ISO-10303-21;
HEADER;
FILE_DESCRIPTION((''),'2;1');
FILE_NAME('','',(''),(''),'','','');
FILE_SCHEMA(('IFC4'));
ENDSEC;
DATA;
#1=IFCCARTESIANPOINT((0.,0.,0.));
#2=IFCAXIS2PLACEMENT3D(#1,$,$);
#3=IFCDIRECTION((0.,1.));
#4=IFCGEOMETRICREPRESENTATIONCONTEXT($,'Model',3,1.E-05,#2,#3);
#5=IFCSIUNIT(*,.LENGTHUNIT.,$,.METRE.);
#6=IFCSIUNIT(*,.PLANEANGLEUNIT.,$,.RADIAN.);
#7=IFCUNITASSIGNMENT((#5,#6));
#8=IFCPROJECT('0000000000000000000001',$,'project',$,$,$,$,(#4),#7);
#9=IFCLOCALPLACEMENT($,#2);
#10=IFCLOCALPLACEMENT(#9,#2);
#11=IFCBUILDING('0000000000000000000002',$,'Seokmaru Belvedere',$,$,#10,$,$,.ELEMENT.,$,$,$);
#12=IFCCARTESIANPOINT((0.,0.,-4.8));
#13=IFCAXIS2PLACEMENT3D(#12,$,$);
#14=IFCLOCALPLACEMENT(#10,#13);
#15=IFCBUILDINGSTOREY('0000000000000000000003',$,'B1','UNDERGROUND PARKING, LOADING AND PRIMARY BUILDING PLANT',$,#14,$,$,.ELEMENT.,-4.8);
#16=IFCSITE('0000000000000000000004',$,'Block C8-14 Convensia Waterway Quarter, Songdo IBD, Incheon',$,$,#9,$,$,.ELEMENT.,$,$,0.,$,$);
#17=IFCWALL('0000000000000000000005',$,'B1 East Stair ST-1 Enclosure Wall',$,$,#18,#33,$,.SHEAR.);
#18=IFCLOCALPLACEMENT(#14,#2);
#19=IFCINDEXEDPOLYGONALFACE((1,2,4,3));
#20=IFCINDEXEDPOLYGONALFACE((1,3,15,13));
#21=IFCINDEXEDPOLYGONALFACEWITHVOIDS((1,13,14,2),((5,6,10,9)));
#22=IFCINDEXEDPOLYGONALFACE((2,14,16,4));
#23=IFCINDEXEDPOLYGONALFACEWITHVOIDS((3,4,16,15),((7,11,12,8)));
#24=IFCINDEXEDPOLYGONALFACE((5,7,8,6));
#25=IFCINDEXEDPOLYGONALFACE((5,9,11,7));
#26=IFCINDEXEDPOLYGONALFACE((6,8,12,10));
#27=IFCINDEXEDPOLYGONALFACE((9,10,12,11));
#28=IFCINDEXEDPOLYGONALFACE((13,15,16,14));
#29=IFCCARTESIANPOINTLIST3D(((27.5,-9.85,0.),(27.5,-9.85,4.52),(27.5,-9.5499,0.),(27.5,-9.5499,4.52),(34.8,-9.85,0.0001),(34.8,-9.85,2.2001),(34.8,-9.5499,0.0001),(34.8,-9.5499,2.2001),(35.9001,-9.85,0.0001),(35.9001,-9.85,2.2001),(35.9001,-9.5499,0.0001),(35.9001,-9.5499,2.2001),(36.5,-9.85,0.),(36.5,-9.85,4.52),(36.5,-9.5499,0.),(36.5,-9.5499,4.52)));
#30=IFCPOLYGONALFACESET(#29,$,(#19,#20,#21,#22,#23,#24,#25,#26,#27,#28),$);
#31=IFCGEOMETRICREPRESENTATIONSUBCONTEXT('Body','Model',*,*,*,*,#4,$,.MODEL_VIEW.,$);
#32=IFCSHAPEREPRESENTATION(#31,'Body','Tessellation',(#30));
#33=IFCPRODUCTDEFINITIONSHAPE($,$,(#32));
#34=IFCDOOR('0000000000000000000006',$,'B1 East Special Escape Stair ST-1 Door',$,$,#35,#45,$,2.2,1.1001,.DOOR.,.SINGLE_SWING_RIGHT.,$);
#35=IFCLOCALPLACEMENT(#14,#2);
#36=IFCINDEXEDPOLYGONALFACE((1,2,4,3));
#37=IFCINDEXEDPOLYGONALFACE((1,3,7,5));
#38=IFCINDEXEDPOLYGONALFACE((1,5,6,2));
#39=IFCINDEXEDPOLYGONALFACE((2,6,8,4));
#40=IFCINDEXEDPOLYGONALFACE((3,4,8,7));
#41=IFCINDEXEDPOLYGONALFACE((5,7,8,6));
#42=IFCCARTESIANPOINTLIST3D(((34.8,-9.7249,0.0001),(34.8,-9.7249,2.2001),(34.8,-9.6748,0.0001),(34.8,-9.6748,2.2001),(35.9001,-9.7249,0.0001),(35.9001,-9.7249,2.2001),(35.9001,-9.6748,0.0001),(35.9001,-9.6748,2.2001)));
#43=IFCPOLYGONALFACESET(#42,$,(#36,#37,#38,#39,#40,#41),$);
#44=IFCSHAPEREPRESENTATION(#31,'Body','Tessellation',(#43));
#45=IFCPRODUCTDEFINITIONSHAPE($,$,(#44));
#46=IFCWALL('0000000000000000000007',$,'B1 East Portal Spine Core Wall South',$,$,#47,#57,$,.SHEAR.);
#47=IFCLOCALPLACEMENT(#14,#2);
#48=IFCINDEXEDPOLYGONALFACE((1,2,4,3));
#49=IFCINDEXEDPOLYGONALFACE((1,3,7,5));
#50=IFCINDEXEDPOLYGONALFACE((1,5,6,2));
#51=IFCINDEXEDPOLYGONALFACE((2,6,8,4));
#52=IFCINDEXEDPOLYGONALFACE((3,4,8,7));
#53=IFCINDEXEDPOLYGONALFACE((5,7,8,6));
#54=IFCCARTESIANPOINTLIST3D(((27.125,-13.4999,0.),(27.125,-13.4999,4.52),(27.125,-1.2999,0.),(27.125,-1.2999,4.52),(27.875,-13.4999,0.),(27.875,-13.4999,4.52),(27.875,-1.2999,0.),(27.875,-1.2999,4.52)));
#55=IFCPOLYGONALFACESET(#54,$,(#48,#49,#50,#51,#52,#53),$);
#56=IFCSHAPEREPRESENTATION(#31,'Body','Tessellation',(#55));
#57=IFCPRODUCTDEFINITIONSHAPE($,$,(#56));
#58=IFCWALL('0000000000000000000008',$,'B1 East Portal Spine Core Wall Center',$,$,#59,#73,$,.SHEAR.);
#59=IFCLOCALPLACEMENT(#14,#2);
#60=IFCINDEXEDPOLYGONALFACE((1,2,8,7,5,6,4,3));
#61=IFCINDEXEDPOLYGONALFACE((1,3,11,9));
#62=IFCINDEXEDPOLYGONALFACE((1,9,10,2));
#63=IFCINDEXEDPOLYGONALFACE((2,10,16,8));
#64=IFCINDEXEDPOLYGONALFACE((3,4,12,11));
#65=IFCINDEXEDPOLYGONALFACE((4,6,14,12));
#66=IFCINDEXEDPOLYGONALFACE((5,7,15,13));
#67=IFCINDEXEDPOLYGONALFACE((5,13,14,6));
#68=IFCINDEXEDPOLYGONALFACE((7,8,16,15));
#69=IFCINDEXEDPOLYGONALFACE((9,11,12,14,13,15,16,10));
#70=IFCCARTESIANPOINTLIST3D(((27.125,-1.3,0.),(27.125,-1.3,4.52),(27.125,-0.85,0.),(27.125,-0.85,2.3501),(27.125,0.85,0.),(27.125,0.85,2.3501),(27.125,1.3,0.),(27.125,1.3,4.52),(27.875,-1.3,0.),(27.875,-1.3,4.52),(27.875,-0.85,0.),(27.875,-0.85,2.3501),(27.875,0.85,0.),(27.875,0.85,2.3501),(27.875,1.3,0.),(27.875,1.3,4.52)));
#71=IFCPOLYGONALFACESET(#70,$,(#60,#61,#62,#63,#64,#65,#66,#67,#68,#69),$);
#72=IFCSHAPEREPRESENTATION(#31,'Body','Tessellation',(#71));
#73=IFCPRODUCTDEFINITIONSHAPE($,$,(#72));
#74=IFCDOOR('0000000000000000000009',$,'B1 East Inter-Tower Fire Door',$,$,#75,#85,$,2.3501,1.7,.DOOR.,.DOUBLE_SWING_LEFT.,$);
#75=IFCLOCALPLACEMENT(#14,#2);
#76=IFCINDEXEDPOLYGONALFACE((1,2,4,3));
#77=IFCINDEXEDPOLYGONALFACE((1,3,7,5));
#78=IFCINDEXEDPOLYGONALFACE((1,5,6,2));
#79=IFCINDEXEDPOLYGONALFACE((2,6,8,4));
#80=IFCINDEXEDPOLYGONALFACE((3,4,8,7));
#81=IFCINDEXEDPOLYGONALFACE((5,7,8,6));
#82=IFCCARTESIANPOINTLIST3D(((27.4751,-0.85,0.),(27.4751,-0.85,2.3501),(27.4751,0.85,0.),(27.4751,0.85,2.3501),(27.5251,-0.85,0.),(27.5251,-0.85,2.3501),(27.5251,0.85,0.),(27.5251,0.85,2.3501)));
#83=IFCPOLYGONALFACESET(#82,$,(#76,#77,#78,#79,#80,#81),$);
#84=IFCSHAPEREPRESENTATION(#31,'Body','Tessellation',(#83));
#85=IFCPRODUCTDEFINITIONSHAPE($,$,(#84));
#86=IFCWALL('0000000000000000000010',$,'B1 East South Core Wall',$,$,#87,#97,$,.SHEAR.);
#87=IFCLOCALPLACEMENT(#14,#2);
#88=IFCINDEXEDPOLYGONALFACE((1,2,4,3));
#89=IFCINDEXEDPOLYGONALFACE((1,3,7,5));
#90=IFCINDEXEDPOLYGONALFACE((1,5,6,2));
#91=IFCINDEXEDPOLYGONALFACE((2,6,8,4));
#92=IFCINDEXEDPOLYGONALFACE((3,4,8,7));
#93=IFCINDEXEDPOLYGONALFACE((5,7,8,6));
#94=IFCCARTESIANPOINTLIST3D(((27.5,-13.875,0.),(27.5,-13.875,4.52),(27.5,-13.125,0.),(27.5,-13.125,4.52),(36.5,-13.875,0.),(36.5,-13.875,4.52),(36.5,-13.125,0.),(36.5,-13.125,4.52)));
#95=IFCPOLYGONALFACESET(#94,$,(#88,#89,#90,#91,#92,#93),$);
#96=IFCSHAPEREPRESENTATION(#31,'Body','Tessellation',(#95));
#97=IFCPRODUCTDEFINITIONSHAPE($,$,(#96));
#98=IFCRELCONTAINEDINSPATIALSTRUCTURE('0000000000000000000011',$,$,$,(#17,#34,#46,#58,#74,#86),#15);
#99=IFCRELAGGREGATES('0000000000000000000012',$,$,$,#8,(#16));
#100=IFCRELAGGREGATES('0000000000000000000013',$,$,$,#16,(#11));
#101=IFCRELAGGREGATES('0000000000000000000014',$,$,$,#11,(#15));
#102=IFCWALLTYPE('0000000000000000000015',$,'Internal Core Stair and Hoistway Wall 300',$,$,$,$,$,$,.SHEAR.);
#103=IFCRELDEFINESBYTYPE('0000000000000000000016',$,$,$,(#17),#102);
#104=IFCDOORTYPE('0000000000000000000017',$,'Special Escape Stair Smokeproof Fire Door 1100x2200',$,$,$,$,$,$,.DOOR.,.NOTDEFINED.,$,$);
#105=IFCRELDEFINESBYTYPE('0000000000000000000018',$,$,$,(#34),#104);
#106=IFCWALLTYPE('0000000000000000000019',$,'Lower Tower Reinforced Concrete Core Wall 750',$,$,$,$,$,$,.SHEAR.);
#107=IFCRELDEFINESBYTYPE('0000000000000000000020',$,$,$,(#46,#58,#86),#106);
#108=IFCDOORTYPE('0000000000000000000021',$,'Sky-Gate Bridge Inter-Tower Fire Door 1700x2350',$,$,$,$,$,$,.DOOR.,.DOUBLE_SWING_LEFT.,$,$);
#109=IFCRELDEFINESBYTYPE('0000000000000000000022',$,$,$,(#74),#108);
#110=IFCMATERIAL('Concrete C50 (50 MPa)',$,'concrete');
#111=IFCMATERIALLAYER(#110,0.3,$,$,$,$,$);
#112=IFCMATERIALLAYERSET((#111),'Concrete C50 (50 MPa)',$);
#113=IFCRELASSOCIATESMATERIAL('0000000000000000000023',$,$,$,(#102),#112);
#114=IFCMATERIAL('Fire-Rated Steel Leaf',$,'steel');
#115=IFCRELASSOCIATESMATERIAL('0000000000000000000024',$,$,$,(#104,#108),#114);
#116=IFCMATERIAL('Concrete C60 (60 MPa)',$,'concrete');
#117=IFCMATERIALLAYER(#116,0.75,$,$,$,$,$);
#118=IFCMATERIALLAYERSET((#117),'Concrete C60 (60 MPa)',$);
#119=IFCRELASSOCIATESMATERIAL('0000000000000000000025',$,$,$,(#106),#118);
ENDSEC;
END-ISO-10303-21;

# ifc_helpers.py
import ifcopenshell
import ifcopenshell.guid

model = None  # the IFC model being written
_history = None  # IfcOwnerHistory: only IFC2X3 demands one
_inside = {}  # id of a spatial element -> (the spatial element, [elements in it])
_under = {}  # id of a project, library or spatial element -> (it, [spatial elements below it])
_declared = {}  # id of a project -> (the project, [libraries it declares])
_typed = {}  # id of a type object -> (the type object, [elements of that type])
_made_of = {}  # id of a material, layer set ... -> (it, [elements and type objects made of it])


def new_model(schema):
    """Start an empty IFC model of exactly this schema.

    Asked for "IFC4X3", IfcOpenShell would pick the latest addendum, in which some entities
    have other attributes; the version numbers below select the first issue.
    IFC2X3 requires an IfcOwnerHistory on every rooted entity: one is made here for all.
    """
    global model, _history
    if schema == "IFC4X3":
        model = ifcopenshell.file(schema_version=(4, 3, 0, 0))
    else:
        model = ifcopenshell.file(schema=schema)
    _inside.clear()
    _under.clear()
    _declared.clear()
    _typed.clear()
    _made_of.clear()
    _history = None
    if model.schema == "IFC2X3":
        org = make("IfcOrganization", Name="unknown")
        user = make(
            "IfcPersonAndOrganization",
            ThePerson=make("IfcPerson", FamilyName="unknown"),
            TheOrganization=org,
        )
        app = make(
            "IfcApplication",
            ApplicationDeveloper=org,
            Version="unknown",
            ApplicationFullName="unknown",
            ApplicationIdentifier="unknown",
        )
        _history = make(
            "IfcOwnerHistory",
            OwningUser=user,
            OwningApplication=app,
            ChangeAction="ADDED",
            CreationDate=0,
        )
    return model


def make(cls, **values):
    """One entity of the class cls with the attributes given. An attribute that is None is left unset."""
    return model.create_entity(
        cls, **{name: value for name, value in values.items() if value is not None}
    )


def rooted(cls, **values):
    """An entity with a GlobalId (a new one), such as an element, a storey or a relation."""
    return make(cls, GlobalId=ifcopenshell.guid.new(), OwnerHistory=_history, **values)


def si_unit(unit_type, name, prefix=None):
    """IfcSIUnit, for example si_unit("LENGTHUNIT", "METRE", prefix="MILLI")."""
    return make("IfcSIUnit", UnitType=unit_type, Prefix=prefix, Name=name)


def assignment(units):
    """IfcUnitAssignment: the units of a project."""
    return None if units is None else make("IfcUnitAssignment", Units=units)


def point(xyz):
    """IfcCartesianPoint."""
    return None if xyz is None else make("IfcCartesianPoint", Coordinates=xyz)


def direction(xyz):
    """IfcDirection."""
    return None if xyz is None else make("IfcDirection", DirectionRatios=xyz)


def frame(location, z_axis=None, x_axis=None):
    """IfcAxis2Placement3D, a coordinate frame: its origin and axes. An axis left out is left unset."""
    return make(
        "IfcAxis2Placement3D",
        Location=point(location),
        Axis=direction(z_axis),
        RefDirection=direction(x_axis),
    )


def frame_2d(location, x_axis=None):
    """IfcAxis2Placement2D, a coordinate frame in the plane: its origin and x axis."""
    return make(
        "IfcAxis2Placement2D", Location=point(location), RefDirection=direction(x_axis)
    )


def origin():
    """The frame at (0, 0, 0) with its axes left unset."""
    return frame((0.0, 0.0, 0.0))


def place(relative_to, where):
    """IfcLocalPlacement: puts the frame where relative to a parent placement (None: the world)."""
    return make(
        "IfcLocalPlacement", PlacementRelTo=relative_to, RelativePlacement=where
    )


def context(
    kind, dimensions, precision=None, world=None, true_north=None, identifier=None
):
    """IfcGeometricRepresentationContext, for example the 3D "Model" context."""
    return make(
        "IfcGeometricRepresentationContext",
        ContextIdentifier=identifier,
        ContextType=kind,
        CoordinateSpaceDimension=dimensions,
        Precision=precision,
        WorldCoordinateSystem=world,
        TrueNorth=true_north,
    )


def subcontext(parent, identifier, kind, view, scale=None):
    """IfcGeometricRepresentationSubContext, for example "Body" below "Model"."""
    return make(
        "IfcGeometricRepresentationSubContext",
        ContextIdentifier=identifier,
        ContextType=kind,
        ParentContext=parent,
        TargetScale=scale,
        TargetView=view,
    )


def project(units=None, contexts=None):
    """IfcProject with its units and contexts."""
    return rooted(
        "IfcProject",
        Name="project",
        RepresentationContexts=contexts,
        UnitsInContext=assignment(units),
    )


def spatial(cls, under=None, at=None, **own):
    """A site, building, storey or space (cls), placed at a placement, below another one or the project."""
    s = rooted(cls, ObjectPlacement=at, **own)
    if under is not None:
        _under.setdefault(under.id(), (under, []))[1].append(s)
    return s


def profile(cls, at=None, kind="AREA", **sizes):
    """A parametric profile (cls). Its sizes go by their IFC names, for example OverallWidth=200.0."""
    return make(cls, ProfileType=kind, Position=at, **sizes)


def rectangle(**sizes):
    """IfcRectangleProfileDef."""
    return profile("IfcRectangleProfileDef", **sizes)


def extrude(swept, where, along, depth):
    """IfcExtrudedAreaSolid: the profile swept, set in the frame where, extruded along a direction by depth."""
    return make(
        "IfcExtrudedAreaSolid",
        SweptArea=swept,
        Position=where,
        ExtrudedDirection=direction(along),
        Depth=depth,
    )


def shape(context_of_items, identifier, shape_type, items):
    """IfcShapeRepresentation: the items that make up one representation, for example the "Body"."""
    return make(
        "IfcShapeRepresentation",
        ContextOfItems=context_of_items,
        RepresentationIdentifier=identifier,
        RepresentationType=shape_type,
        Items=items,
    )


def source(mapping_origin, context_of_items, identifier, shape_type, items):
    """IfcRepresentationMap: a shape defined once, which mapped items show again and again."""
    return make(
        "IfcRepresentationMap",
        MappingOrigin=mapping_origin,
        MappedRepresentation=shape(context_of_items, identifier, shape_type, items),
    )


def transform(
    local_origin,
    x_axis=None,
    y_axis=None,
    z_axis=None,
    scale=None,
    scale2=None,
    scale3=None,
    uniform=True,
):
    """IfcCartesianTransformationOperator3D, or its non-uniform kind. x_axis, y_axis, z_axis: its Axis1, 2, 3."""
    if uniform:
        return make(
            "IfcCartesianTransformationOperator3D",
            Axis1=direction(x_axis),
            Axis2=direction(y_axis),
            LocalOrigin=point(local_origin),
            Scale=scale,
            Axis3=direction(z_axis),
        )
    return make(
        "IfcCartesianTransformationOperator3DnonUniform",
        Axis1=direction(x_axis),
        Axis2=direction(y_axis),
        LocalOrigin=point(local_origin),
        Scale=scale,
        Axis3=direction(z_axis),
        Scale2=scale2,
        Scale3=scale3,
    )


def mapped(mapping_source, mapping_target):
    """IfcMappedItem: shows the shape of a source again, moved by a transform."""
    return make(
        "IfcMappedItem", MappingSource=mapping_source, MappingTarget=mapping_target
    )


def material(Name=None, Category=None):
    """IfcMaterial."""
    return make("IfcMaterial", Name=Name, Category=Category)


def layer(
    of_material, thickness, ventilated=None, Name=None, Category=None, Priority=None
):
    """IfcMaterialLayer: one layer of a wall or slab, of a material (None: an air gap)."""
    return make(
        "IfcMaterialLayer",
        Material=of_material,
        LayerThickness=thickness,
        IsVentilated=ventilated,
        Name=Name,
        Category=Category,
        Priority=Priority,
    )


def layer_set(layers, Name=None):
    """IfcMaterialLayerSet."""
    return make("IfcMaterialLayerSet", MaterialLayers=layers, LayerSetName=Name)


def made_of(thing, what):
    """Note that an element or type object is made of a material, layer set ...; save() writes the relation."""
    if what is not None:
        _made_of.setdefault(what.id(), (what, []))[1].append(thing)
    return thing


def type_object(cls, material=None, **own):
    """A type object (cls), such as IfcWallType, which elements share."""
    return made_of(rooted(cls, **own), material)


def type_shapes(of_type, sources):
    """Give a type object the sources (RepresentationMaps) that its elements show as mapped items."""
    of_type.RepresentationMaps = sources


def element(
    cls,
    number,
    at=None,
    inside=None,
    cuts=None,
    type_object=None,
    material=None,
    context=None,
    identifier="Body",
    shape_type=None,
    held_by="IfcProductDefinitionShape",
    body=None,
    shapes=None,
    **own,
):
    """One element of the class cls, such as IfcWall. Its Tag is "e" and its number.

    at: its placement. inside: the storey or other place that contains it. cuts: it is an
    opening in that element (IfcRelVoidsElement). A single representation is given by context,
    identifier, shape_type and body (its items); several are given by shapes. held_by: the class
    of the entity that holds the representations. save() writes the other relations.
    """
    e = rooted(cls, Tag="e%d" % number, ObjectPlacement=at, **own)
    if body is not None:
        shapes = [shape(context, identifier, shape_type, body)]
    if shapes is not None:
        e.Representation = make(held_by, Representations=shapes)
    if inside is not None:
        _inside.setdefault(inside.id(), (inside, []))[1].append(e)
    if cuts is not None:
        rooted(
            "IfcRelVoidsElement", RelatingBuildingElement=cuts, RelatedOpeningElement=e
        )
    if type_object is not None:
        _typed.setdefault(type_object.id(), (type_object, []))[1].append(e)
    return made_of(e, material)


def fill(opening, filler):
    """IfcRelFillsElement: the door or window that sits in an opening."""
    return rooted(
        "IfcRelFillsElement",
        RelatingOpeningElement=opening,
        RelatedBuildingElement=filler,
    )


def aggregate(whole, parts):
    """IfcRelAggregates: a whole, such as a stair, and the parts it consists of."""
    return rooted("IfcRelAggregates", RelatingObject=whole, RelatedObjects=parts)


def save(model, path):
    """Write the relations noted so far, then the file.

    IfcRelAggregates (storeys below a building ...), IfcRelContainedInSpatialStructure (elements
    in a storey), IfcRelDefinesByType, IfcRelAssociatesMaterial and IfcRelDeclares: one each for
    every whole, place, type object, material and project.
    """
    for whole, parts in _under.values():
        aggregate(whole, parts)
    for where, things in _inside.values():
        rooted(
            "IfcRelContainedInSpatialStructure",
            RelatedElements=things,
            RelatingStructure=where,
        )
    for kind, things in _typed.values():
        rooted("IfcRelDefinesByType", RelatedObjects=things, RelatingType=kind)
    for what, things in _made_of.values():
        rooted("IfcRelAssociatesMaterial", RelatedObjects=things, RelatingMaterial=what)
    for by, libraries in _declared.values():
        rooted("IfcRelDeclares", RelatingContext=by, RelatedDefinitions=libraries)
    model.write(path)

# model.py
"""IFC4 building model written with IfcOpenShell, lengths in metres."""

from ifc_helpers import new_model, si_unit, direction, frame, frame_2d, origin, place, context, subcontext, project, spatial, rectangle, extrude, source, transform, mapped, material, layer, layer_set, type_object, type_shapes, element, fill, save


model = new_model("IFC4")

# Units and contexts
model_context = context("Model", 3, precision=1e-05, world=origin(), true_north=direction((0.0, 1.0)))
body_context = subcontext(model_context, "Body", "Model", "MODEL_VIEW")
ifc_project = project(units=[si_unit("LENGTHUNIT", "METRE"), si_unit("PLANEANGLEUNIT", "RADIAN")], contexts=[model_context])

# Site, building, storey
site_placement = place(None, origin())
site = spatial("IfcSite", under=ifc_project, at=site_placement, Name="Block C8-14 Convensia Waterway Quarter, Songdo IBD, Incheon", CompositionType="ELEMENT", RefElevation=0.0)
building_placement = place(site_placement, origin())
building = spatial("IfcBuilding", under=site, at=building_placement, Name="Seokmaru Belvedere", CompositionType="ELEMENT")
storey_placement = place(building_placement, frame((0.0, 0.0, -4.8)))
storey = spatial("IfcBuildingStorey", under=building, at=storey_placement, Name="B1", Description="UNDERGROUND PARKING, LOADING AND PRIMARY BUILDING PLANT", CompositionType="ELEMENT", Elevation=-4.8)

# Shared definitions
ifc_material_1 = material(Name="Concrete C60 (60 MPa)", Category="concrete")

# Shared definitions
ifc_material_2 = material(Name="Concrete C50 (50 MPa)", Category="concrete")

# Wall, opening, door
ifc_layer_1 = layer(ifc_material_2, 0.3)
ifc_layer_set_1 = layer_set([ifc_layer_1], Name="Concrete C50 (50 MPa)")
wall_type_1 = type_object("IfcWallType", Name="Internal Core Stair and Hoistway Wall 300", PredefinedType="SHEAR", material=ifc_layer_set_1)
wall_1_placement = place(storey_placement, frame((27.5, -9.7, 0.0), z_axis=(0.0, 0.0, 1.0), x_axis=(1.0, 0.0, 0.0)))
wall_1 = element("IfcWall", 1, at=wall_1_placement, inside=storey, type_object=wall_type_1, Name="B1 East Stair ST-1 Enclosure Wall", PredefinedType="SHEAR", context=body_context, shape_type="SweptSolid", body=[
    extrude(rectangle(XDim=9.0, YDim=0.3, at=frame_2d((4.5, 0.0))), origin(), (0.0, 0.0, 1.0), 4.52),
])
opening_1_placement = place(wall_1_placement, frame((7.3, 0.0, 0.0)))
opening_1 = element("IfcOpeningElement", 2, at=opening_1_placement, cuts=wall_1, PredefinedType="OPENING", context=body_context, shape_type="SweptSolid", body=[
    extrude(rectangle(XDim=1.1001, YDim=2.2, at=frame_2d((0.55, 1.1001))), frame((0.0, 0.1602, 0.0), z_axis=(0.0, -1.0, 0.0), x_axis=(1.0, 0.0, 0.0)), (0.0, 0.0, 1.0), 0.3201),
])
ifc_material_3 = material(Name="Fire-Rated Steel Leaf", Category="steel")
door_type_1 = type_object("IfcDoorType", Name="Special Escape Stair Smokeproof Fire Door 1100x2200", OperationType="NOTDEFINED", PredefinedType="DOOR", material=ifc_material_3)
shared_shape_1 = source(origin(), body_context, "Body", "SweptSolid", [
    extrude(rectangle(XDim=1.1001, YDim=2.2, at=frame_2d((0.55, 1.1001))), frame((0.0, 0.0249, 0.0), z_axis=(0.0, -1.0, 0.0), x_axis=(1.0, 0.0, 0.0)), (0.0, 0.0, 1.0), 0.05),
])
type_shapes(door_type_1, [shared_shape_1])
door_1_placement = place(opening_1_placement, frame((1.1001, 0.0, 0.0), z_axis=(0.0, 0.0, 1.0), x_axis=(-1.0, 0.0, 0.0)))
door_1 = element("IfcDoor", 3, at=door_1_placement, inside=storey, type_object=door_type_1, Name="B1 East Special Escape Stair ST-1 Door", OperationType="SINGLE_SWING_RIGHT", OverallHeight=2.2, OverallWidth=1.1001, PredefinedType="DOOR", context=body_context, shape_type="MappedRepresentation", body=[
    mapped(shared_shape_1, transform((0.0, 0.0, 0.0), scale=1.0)),
])
fill(opening_1, door_1)

# Wall
ifc_layer_2 = layer(ifc_material_1, 0.75)
ifc_layer_set_2 = layer_set([ifc_layer_2], Name="Concrete C60 (60 MPa)")
wall_type_2 = type_object("IfcWallType", Name="Lower Tower Reinforced Concrete Core Wall 750", PredefinedType="SHEAR", material=ifc_layer_set_2)
wall_2_placement = place(storey_placement, frame((27.5, -13.5, 0.0), z_axis=(0.0, 0.0, 1.0), x_axis=(0.0, 1.0, 0.0)))
element("IfcWall", 4, at=wall_2_placement, inside=storey, type_object=wall_type_2, Name="B1 East Portal Spine Core Wall South", PredefinedType="SHEAR", context=body_context, shape_type="SweptSolid", body=[
    extrude(rectangle(XDim=12.2, YDim=0.75, at=frame_2d((6.1001, 0.0))), origin(), (0.0, 0.0, 1.0), 4.52),
])

# Wall, opening, door
wall_3_placement = place(storey_placement, frame((27.5, -1.3, 0.0), z_axis=(0.0, 0.0, 1.0), x_axis=(0.0, 1.0, 0.0)))
wall_3 = element("IfcWall", 5, at=wall_3_placement, inside=storey, type_object=wall_type_2, Name="B1 East Portal Spine Core Wall Center", PredefinedType="SHEAR", context=body_context, shape_type="SweptSolid", body=[
    extrude(rectangle(XDim=2.6001, YDim=0.75, at=frame_2d((1.3, 0.0))), origin(), (0.0, 0.0, 1.0), 4.52),
])
opening_2_placement = place(wall_3_placement, frame((0.45, 0.0, 0.0)))
opening_2 = element("IfcOpeningElement", 6, at=opening_2_placement, cuts=wall_3, PredefinedType="OPENING", context=body_context, shape_type="SweptSolid", body=[
    extrude(rectangle(XDim=1.7, YDim=2.3501, at=frame_2d((0.8501, 1.175))), frame((0.0, 0.385, 0.0), z_axis=(0.0, -1.0, 0.0), x_axis=(1.0, 0.0, 0.0)), (0.0, 0.0, 1.0), 0.77),
])
door_type_2 = type_object("IfcDoorType", Name="Sky-Gate Bridge Inter-Tower Fire Door 1700x2350", OperationType="DOUBLE_SWING_LEFT", PredefinedType="DOOR", material=ifc_material_3)
shared_shape_2 = source(origin(), body_context, "Body", "SweptSolid", [
    extrude(rectangle(XDim=1.7, YDim=2.3501, at=frame_2d((0.8501, 1.175))), frame((0.0, 0.0249, 0.0), z_axis=(0.0, -1.0, 0.0), x_axis=(1.0, 0.0, 0.0)), (0.0, 0.0, 1.0), 0.05),
])
type_shapes(door_type_2, [shared_shape_2])
door_2_placement = place(opening_2_placement, origin())
door_2 = element("IfcDoor", 7, at=door_2_placement, inside=storey, type_object=door_type_2, Name="B1 East Inter-Tower Fire Door", OperationType="DOUBLE_SWING_LEFT", OverallHeight=2.3501, OverallWidth=1.7, PredefinedType="DOOR", context=body_context, shape_type="MappedRepresentation", body=[
    mapped(shared_shape_2, transform((0.0, 0.0, 0.0), scale=1.0)),
])
fill(opening_2, door_2)

# Wall
wall_4_placement = place(storey_placement, frame((27.5, -13.5, 0.0), z_axis=(0.0, 0.0, 1.0), x_axis=(1.0, 0.0, 0.0)))
element("IfcWall", 8, at=wall_4_placement, inside=storey, type_object=wall_type_2, Name="B1 East South Core Wall", PredefinedType="SHEAR", context=body_context, shape_type="SweptSolid", body=[
    extrude(rectangle(XDim=9.0, YDim=0.75, at=frame_2d((4.5, 0.0))), origin(), (0.0, 0.0, 1.0), 4.52),
])

save(model, "model.ifc")
